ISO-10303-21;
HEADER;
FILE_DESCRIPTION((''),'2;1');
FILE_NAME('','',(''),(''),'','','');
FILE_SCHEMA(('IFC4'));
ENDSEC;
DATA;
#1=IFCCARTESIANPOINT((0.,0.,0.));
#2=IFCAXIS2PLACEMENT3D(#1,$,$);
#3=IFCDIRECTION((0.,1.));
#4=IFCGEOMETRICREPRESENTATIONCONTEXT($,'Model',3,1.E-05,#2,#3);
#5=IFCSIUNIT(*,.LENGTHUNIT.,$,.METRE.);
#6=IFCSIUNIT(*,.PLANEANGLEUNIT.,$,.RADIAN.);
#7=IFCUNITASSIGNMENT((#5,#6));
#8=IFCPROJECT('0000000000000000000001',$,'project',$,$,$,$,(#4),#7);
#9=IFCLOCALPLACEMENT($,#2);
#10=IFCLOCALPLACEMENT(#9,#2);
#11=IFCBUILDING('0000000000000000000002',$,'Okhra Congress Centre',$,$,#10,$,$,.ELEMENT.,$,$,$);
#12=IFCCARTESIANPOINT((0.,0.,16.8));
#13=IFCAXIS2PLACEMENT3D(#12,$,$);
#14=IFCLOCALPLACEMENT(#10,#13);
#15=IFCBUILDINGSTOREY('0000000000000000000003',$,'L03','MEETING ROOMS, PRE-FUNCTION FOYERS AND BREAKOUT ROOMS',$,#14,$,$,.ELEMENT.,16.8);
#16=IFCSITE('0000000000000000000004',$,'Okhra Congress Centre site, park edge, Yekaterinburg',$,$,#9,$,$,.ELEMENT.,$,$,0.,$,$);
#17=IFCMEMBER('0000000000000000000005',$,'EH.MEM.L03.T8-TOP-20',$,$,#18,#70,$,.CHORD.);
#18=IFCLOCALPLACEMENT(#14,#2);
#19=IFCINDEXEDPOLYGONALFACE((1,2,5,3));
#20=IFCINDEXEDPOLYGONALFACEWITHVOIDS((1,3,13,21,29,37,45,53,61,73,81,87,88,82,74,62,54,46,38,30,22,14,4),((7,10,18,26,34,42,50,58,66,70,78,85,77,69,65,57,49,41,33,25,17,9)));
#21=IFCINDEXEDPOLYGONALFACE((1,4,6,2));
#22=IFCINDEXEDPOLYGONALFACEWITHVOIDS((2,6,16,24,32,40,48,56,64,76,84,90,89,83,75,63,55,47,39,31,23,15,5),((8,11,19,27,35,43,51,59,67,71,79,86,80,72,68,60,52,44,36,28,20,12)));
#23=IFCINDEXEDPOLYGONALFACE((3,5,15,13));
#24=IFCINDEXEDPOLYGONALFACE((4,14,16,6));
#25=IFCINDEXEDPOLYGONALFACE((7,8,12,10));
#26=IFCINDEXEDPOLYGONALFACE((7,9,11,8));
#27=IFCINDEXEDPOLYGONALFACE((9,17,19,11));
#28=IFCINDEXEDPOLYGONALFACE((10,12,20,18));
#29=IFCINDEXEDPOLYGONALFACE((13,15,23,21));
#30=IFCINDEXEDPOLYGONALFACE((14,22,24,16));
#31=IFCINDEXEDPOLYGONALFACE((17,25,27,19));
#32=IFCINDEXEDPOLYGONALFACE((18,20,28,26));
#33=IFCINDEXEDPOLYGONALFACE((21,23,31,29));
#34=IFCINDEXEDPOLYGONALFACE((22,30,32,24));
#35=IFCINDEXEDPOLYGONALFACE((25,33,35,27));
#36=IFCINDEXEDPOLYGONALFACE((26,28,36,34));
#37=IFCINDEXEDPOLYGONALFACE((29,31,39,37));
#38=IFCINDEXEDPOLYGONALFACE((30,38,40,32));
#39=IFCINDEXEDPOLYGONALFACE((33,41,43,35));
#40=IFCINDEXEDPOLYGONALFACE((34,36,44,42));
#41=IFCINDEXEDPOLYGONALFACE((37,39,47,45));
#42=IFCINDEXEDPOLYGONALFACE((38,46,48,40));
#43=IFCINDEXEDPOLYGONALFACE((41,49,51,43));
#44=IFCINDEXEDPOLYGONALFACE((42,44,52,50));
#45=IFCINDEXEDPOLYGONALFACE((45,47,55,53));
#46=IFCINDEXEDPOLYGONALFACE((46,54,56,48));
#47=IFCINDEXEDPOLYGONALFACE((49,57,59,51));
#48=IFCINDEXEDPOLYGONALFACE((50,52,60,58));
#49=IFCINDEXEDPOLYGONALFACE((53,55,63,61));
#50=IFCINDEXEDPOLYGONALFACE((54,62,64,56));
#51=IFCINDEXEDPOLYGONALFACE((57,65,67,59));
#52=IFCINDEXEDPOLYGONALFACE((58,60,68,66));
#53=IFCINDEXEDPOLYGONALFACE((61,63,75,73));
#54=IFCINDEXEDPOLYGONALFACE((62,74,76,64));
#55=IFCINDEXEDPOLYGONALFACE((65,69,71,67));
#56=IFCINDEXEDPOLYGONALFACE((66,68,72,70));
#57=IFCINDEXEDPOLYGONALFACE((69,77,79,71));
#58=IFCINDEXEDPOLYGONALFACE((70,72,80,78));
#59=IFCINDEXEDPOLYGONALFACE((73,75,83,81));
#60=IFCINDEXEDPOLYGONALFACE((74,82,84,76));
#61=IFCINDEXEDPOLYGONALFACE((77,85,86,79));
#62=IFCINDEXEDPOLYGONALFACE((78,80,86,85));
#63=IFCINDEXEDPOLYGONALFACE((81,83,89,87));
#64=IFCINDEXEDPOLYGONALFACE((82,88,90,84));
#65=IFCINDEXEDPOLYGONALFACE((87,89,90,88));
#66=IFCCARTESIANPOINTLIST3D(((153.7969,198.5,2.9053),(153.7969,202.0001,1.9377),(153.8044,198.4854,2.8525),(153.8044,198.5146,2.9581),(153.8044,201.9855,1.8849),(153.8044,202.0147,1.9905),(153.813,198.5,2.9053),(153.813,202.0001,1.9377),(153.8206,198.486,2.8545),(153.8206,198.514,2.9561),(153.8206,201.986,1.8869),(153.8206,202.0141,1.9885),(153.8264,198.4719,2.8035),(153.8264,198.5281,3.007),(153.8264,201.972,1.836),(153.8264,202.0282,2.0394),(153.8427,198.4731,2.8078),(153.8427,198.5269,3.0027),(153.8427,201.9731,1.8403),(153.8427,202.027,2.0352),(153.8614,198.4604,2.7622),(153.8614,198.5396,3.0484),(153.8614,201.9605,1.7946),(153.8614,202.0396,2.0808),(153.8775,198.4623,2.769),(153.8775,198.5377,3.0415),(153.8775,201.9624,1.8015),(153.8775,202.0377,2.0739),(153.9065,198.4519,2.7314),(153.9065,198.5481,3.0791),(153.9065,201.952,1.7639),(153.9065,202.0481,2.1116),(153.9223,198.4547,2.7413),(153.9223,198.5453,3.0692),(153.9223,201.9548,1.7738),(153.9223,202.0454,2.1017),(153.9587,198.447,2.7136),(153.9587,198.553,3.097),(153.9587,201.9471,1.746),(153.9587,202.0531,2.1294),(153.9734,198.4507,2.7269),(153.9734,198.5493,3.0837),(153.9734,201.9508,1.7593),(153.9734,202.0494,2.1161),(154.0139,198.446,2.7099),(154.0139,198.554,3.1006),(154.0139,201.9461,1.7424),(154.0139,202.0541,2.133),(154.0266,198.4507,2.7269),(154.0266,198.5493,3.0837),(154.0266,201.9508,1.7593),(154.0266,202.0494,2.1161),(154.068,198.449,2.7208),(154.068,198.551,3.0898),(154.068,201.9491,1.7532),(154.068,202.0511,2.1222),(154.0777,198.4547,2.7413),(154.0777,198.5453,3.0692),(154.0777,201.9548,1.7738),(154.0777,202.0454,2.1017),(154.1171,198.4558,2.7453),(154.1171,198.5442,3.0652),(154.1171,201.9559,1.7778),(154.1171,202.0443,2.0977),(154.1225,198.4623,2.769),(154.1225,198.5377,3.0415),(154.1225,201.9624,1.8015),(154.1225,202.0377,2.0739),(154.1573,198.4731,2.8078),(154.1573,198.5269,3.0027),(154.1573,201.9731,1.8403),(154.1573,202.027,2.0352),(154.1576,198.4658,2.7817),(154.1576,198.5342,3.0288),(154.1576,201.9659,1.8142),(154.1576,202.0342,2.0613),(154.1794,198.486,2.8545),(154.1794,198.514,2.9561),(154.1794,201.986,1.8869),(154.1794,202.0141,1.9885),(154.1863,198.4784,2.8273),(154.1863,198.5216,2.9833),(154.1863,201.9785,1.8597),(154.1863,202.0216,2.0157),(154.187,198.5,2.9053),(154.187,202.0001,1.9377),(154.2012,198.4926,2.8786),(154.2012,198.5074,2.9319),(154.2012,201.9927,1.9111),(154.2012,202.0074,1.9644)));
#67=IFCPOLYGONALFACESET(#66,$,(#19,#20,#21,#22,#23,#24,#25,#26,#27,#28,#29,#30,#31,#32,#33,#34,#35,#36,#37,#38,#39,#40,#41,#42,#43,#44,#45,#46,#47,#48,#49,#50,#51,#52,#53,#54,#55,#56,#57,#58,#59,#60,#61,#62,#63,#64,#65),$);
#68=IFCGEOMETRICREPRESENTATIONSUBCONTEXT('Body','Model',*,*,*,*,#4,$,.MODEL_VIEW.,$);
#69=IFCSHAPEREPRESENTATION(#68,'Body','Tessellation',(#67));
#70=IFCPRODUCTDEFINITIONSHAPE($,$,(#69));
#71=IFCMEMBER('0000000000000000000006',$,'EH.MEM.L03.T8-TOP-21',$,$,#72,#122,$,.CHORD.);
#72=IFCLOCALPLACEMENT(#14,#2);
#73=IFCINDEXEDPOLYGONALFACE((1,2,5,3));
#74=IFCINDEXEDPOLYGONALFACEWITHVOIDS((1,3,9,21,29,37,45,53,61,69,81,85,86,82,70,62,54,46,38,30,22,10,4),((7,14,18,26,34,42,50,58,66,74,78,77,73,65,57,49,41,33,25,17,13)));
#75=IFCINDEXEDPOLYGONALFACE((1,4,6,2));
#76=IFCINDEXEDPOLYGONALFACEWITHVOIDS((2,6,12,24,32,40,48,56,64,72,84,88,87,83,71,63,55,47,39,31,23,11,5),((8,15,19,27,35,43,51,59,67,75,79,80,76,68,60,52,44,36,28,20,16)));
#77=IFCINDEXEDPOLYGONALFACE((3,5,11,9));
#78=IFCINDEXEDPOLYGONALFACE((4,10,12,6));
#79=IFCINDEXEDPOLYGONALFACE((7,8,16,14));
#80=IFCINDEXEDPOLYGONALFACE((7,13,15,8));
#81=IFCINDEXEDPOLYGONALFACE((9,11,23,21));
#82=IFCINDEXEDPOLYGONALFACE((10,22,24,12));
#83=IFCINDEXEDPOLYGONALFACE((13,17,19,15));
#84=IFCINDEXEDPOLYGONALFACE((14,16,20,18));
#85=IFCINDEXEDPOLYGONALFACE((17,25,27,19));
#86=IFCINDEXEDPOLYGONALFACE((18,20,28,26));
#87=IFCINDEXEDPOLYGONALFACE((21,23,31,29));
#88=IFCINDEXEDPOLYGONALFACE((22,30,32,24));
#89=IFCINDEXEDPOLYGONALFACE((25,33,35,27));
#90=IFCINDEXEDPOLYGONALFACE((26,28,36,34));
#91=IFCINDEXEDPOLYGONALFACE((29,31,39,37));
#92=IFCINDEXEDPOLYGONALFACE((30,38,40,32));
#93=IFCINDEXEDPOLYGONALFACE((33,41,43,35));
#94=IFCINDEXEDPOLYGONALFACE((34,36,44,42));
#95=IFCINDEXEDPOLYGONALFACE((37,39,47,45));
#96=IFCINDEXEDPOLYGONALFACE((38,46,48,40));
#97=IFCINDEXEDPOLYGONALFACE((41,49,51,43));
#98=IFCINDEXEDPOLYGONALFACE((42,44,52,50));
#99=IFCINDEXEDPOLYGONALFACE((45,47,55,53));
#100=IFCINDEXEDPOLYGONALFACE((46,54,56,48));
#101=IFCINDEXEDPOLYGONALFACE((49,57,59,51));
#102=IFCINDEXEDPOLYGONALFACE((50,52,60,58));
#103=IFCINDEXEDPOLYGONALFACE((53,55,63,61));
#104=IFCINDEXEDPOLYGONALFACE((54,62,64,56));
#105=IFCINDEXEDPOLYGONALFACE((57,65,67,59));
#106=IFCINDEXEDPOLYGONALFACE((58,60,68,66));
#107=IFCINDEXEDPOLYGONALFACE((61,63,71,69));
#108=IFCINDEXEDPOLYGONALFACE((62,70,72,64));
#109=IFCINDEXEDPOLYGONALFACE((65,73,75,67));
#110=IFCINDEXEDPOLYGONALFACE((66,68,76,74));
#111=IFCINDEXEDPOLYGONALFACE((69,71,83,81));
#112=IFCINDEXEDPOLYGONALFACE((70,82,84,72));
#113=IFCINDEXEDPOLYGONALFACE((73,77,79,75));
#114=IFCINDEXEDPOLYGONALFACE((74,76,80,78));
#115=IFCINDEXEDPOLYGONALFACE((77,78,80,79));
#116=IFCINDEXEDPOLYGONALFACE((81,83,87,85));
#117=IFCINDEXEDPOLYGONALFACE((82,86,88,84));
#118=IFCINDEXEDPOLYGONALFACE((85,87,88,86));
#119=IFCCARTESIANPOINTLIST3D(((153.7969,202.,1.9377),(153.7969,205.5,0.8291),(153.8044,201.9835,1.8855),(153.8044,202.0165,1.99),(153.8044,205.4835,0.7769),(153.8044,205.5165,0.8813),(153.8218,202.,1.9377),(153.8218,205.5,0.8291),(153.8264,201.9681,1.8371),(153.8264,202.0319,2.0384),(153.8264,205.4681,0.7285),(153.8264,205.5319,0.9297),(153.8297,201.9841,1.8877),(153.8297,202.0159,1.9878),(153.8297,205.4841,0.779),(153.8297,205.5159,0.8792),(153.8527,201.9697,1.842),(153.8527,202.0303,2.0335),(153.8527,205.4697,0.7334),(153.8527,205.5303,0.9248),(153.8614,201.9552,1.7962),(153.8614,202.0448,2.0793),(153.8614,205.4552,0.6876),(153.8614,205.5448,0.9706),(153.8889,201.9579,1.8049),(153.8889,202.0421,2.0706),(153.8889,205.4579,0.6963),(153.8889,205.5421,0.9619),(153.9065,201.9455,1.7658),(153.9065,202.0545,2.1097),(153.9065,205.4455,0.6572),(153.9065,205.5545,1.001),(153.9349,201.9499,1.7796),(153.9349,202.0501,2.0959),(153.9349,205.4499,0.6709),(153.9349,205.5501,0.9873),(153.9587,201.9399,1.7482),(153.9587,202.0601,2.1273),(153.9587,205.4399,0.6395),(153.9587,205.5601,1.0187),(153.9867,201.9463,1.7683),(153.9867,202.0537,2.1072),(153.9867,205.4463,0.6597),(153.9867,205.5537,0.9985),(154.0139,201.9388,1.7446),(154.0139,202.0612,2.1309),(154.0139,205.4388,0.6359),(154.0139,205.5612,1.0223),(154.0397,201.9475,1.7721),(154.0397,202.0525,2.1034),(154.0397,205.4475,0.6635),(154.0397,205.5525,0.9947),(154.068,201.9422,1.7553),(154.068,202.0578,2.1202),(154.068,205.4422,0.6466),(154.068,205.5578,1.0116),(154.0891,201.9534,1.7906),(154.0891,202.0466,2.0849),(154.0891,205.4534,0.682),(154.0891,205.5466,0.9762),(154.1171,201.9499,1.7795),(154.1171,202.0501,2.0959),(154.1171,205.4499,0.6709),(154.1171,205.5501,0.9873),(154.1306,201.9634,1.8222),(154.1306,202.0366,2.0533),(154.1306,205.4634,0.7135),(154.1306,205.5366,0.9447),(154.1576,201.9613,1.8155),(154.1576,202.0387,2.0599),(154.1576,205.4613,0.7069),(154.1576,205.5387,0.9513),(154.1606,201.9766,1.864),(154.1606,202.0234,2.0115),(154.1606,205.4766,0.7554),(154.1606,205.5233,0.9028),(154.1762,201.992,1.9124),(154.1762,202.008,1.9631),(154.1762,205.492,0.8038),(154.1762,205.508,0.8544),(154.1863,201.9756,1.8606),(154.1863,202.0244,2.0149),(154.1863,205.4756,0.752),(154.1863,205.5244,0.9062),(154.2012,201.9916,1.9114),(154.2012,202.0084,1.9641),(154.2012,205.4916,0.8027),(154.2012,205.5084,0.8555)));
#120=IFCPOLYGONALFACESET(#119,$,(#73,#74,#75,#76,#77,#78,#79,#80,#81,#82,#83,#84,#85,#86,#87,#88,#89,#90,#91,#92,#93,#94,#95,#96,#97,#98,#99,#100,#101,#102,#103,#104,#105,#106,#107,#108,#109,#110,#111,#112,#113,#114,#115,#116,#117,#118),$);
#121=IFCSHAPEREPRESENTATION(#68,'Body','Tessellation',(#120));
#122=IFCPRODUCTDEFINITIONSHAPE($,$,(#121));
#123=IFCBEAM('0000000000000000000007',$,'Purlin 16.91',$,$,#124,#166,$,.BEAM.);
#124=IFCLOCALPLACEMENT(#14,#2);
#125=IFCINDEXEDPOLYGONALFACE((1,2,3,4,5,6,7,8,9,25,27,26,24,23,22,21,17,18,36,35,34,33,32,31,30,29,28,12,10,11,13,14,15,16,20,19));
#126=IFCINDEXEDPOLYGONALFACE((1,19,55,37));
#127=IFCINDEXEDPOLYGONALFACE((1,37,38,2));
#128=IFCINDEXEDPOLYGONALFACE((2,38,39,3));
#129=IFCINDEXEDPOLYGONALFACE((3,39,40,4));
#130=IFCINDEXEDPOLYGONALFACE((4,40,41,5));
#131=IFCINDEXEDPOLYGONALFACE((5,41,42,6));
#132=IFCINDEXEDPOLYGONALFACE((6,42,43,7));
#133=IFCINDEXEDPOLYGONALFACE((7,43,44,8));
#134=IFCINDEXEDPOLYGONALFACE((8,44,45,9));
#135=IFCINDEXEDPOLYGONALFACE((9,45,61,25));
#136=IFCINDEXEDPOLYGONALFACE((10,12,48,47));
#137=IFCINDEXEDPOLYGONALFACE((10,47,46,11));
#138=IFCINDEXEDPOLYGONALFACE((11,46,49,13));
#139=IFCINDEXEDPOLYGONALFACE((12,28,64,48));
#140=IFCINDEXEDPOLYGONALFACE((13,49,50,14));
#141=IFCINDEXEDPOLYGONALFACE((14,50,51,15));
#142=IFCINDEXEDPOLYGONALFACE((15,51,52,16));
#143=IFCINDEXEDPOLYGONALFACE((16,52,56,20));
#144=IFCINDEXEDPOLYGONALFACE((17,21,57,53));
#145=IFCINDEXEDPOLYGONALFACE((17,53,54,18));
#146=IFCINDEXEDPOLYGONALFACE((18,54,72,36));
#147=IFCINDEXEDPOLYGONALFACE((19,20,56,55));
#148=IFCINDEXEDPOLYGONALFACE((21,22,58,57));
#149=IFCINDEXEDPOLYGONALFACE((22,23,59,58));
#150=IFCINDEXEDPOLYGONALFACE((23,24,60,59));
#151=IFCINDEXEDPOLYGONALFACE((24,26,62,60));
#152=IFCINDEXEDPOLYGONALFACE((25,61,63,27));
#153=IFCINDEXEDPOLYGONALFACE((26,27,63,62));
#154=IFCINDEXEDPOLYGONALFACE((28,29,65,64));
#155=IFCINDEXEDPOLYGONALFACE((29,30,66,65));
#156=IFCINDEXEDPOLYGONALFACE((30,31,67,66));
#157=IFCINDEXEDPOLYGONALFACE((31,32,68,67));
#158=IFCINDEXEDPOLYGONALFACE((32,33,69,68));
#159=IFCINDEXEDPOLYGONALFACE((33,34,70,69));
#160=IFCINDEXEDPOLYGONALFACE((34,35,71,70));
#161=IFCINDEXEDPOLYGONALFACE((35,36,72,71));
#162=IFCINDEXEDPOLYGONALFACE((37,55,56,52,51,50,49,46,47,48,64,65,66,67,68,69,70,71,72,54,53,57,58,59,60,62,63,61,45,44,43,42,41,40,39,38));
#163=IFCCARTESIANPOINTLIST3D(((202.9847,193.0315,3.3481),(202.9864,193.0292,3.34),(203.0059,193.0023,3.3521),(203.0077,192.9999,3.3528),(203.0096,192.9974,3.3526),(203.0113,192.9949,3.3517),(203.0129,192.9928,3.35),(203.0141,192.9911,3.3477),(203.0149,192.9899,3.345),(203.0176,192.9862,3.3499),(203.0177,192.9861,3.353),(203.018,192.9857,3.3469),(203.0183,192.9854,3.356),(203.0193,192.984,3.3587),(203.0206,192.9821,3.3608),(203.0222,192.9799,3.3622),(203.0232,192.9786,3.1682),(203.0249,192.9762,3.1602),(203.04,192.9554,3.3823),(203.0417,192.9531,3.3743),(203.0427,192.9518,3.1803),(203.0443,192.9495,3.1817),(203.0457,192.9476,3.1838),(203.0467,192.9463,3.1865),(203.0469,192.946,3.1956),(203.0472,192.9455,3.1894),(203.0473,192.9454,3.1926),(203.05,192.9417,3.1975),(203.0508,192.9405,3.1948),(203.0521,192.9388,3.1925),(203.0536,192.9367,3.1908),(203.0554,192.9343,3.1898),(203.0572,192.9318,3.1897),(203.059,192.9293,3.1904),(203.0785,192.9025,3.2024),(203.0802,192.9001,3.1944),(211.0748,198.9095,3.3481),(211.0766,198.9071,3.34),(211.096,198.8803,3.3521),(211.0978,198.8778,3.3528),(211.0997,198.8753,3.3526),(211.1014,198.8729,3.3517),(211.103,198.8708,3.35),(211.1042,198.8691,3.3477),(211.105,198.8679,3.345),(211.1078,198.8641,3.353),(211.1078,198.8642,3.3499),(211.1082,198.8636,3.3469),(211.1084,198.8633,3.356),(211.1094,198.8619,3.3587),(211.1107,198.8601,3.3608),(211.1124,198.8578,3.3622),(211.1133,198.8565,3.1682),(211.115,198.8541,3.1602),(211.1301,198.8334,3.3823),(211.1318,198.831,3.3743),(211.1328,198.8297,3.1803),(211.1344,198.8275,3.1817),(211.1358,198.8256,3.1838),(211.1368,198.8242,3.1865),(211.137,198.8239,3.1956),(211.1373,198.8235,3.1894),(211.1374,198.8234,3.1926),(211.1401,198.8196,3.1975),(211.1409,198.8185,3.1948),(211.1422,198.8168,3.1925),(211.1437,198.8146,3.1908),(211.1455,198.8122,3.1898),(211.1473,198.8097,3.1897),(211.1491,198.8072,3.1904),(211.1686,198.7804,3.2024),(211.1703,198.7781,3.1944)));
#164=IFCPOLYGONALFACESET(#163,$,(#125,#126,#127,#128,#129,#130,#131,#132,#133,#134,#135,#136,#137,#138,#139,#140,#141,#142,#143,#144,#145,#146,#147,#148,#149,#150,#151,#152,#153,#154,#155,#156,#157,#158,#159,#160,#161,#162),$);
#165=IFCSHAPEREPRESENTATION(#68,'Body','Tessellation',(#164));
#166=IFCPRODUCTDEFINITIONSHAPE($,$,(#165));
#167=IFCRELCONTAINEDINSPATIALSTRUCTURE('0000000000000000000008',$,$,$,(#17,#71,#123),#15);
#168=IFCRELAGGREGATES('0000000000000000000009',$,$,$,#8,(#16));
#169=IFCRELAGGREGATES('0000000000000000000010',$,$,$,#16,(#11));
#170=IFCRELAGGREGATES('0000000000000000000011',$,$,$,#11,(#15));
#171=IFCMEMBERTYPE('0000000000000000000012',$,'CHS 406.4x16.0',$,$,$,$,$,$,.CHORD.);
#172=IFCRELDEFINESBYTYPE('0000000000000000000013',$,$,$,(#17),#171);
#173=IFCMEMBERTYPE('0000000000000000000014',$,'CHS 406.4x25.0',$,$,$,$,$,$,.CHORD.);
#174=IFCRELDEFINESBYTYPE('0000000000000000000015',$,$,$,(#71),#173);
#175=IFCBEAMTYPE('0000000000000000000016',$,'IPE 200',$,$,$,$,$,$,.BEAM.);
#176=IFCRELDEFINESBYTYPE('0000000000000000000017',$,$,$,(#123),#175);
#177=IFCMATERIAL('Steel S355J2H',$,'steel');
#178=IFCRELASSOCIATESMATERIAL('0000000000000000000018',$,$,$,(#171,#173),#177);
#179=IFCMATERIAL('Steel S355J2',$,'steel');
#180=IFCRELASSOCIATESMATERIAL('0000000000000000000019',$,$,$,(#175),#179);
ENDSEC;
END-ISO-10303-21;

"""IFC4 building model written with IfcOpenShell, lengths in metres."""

from ifc_helpers import new_model, si_unit, direction, frame, origin, origin_2d, place, context, subcontext, project, spatial, hollow_circle, i_section, extrude, material, material_profile, profile_set, type_object, element, save


model = new_model("IFC4")

# Units and contexts
model_context = context("Model", 3, precision=1e-05, world=origin(), true_north=direction((0.0, 1.0)))
body_context = subcontext(model_context, "Body", "Model", "MODEL_VIEW")
ifc_project = project(units=[si_unit("LENGTHUNIT", "METRE"), si_unit("PLANEANGLEUNIT", "RADIAN")], contexts=[model_context])

# Site, building, storey
site_placement = place(None, origin())
site = spatial("IfcSite", under=ifc_project, at=site_placement, Name="Okhra Congress Centre site, park edge, Yekaterinburg", CompositionType="ELEMENT", RefElevation=0.0)
building_placement = place(site_placement, origin())
building = spatial("IfcBuilding", under=site, at=building_placement, Name="Okhra Congress Centre", CompositionType="ELEMENT")
storey_placement = place(building_placement, frame((0.0, 0.0, 16.8)))
storey = spatial("IfcBuildingStorey", under=building, at=storey_placement, Name="L03", Description="MEETING ROOMS, PRE-FUNCTION FOYERS AND BREAKOUT ROOMS", CompositionType="ELEMENT", Elevation=16.8)

# Members
ifc_material_1 = material(Name="Steel S355J2H", Category="steel")
ifc_material_profile_1 = material_profile(ifc_material_1, hollow_circle(Radius=0.2031, WallThickness=0.0161, at=origin_2d()), Name="CHS 406.4x16.0")
ifc_profile_set_1 = profile_set([ifc_material_profile_1], Name="Steel S355J2H")
member_type_1 = type_object("IfcMemberType", Name="CHS 406.4x16.0", PredefinedType="CHORD", material=ifc_profile_set_1)
member_1_placement = place(storey_placement, frame((154.0, 198.5, 2.9053), z_axis=(0.0, 0.96385, -0.266444), x_axis=(-1.0, 0.0, 0.0)))
element("IfcMember", 1, at=member_1_placement, inside=storey, type_object=member_type_1, Name="EH.MEM.L03.T8-TOP-20", PredefinedType="CHORD", context=body_context, shape_type="SweptSolid", body=[
    extrude(hollow_circle(Radius=0.2031, WallThickness=0.0161, at=origin_2d()), origin(), (0.0, 0.0, 1.0), 3.6313),
])
ifc_material_profile_2 = material_profile(ifc_material_1, hollow_circle(Radius=0.2031, WallThickness=0.0249, at=origin_2d()), Name="CHS 406.4x25.0")
ifc_profile_set_2 = profile_set([ifc_material_profile_2], Name="Steel S355J2H")
member_type_2 = type_object("IfcMemberType", Name="CHS 406.4x25.0", PredefinedType="CHORD", material=ifc_profile_set_2)
member_2_placement = place(storey_placement, frame((154.0, 202.0, 1.9377), z_axis=(0.0, 0.953318, -0.301968), x_axis=(-1.0, 0.0, 0.0)))
element("IfcMember", 2, at=member_2_placement, inside=storey, type_object=member_type_2, Name="EH.MEM.L03.T8-TOP-21", PredefinedType="CHORD", context=body_context, shape_type="SweptSolid", body=[
    extrude(hollow_circle(Radius=0.2031, WallThickness=0.0249, at=origin_2d()), origin(), (0.0, 0.0, 1.0), 3.6714),
])

# Beam
ifc_material_2 = material(Name="Steel S355J2", Category="steel")
ifc_material_profile_3 = material_profile(ifc_material_2, i_section(OverallWidth=0.1001, OverallDepth=0.2, WebThickness=0.0056, FlangeThickness=0.0085, FilletRadius=0.012, at=origin_2d()), Name="IPE 200")
ifc_profile_set_3 = profile_set([ifc_material_profile_3], Name="Steel S355J2")
beam_type = type_object("IfcBeamType", Name="IPE 200", PredefinedType="BEAM", material=ifc_profile_set_3)
for number, where, z_axis, x_axis, name in (
    (3, (203.0325, 192.9658, 3.2712), (0.80901, 0.587794, 0.0), (-0.552346, 0.760221, -0.34202), "Purlin 16.91"),
):
    element("IfcBeam", number, at=place(storey_placement, frame(where, z_axis=z_axis, x_axis=x_axis)), inside=storey, type_object=beam_type, Name=name, PredefinedType="BEAM", context=body_context, shape_type="SweptSolid", body=[
        extrude(i_section(OverallWidth=0.1001, OverallDepth=0.2, WebThickness=0.0056, FlangeThickness=0.0085, FilletRadius=0.012, at=origin_2d()), origin(), (0.0, 0.0, 1.0), 10.0),
    ])

save(model, "model.ifc")
